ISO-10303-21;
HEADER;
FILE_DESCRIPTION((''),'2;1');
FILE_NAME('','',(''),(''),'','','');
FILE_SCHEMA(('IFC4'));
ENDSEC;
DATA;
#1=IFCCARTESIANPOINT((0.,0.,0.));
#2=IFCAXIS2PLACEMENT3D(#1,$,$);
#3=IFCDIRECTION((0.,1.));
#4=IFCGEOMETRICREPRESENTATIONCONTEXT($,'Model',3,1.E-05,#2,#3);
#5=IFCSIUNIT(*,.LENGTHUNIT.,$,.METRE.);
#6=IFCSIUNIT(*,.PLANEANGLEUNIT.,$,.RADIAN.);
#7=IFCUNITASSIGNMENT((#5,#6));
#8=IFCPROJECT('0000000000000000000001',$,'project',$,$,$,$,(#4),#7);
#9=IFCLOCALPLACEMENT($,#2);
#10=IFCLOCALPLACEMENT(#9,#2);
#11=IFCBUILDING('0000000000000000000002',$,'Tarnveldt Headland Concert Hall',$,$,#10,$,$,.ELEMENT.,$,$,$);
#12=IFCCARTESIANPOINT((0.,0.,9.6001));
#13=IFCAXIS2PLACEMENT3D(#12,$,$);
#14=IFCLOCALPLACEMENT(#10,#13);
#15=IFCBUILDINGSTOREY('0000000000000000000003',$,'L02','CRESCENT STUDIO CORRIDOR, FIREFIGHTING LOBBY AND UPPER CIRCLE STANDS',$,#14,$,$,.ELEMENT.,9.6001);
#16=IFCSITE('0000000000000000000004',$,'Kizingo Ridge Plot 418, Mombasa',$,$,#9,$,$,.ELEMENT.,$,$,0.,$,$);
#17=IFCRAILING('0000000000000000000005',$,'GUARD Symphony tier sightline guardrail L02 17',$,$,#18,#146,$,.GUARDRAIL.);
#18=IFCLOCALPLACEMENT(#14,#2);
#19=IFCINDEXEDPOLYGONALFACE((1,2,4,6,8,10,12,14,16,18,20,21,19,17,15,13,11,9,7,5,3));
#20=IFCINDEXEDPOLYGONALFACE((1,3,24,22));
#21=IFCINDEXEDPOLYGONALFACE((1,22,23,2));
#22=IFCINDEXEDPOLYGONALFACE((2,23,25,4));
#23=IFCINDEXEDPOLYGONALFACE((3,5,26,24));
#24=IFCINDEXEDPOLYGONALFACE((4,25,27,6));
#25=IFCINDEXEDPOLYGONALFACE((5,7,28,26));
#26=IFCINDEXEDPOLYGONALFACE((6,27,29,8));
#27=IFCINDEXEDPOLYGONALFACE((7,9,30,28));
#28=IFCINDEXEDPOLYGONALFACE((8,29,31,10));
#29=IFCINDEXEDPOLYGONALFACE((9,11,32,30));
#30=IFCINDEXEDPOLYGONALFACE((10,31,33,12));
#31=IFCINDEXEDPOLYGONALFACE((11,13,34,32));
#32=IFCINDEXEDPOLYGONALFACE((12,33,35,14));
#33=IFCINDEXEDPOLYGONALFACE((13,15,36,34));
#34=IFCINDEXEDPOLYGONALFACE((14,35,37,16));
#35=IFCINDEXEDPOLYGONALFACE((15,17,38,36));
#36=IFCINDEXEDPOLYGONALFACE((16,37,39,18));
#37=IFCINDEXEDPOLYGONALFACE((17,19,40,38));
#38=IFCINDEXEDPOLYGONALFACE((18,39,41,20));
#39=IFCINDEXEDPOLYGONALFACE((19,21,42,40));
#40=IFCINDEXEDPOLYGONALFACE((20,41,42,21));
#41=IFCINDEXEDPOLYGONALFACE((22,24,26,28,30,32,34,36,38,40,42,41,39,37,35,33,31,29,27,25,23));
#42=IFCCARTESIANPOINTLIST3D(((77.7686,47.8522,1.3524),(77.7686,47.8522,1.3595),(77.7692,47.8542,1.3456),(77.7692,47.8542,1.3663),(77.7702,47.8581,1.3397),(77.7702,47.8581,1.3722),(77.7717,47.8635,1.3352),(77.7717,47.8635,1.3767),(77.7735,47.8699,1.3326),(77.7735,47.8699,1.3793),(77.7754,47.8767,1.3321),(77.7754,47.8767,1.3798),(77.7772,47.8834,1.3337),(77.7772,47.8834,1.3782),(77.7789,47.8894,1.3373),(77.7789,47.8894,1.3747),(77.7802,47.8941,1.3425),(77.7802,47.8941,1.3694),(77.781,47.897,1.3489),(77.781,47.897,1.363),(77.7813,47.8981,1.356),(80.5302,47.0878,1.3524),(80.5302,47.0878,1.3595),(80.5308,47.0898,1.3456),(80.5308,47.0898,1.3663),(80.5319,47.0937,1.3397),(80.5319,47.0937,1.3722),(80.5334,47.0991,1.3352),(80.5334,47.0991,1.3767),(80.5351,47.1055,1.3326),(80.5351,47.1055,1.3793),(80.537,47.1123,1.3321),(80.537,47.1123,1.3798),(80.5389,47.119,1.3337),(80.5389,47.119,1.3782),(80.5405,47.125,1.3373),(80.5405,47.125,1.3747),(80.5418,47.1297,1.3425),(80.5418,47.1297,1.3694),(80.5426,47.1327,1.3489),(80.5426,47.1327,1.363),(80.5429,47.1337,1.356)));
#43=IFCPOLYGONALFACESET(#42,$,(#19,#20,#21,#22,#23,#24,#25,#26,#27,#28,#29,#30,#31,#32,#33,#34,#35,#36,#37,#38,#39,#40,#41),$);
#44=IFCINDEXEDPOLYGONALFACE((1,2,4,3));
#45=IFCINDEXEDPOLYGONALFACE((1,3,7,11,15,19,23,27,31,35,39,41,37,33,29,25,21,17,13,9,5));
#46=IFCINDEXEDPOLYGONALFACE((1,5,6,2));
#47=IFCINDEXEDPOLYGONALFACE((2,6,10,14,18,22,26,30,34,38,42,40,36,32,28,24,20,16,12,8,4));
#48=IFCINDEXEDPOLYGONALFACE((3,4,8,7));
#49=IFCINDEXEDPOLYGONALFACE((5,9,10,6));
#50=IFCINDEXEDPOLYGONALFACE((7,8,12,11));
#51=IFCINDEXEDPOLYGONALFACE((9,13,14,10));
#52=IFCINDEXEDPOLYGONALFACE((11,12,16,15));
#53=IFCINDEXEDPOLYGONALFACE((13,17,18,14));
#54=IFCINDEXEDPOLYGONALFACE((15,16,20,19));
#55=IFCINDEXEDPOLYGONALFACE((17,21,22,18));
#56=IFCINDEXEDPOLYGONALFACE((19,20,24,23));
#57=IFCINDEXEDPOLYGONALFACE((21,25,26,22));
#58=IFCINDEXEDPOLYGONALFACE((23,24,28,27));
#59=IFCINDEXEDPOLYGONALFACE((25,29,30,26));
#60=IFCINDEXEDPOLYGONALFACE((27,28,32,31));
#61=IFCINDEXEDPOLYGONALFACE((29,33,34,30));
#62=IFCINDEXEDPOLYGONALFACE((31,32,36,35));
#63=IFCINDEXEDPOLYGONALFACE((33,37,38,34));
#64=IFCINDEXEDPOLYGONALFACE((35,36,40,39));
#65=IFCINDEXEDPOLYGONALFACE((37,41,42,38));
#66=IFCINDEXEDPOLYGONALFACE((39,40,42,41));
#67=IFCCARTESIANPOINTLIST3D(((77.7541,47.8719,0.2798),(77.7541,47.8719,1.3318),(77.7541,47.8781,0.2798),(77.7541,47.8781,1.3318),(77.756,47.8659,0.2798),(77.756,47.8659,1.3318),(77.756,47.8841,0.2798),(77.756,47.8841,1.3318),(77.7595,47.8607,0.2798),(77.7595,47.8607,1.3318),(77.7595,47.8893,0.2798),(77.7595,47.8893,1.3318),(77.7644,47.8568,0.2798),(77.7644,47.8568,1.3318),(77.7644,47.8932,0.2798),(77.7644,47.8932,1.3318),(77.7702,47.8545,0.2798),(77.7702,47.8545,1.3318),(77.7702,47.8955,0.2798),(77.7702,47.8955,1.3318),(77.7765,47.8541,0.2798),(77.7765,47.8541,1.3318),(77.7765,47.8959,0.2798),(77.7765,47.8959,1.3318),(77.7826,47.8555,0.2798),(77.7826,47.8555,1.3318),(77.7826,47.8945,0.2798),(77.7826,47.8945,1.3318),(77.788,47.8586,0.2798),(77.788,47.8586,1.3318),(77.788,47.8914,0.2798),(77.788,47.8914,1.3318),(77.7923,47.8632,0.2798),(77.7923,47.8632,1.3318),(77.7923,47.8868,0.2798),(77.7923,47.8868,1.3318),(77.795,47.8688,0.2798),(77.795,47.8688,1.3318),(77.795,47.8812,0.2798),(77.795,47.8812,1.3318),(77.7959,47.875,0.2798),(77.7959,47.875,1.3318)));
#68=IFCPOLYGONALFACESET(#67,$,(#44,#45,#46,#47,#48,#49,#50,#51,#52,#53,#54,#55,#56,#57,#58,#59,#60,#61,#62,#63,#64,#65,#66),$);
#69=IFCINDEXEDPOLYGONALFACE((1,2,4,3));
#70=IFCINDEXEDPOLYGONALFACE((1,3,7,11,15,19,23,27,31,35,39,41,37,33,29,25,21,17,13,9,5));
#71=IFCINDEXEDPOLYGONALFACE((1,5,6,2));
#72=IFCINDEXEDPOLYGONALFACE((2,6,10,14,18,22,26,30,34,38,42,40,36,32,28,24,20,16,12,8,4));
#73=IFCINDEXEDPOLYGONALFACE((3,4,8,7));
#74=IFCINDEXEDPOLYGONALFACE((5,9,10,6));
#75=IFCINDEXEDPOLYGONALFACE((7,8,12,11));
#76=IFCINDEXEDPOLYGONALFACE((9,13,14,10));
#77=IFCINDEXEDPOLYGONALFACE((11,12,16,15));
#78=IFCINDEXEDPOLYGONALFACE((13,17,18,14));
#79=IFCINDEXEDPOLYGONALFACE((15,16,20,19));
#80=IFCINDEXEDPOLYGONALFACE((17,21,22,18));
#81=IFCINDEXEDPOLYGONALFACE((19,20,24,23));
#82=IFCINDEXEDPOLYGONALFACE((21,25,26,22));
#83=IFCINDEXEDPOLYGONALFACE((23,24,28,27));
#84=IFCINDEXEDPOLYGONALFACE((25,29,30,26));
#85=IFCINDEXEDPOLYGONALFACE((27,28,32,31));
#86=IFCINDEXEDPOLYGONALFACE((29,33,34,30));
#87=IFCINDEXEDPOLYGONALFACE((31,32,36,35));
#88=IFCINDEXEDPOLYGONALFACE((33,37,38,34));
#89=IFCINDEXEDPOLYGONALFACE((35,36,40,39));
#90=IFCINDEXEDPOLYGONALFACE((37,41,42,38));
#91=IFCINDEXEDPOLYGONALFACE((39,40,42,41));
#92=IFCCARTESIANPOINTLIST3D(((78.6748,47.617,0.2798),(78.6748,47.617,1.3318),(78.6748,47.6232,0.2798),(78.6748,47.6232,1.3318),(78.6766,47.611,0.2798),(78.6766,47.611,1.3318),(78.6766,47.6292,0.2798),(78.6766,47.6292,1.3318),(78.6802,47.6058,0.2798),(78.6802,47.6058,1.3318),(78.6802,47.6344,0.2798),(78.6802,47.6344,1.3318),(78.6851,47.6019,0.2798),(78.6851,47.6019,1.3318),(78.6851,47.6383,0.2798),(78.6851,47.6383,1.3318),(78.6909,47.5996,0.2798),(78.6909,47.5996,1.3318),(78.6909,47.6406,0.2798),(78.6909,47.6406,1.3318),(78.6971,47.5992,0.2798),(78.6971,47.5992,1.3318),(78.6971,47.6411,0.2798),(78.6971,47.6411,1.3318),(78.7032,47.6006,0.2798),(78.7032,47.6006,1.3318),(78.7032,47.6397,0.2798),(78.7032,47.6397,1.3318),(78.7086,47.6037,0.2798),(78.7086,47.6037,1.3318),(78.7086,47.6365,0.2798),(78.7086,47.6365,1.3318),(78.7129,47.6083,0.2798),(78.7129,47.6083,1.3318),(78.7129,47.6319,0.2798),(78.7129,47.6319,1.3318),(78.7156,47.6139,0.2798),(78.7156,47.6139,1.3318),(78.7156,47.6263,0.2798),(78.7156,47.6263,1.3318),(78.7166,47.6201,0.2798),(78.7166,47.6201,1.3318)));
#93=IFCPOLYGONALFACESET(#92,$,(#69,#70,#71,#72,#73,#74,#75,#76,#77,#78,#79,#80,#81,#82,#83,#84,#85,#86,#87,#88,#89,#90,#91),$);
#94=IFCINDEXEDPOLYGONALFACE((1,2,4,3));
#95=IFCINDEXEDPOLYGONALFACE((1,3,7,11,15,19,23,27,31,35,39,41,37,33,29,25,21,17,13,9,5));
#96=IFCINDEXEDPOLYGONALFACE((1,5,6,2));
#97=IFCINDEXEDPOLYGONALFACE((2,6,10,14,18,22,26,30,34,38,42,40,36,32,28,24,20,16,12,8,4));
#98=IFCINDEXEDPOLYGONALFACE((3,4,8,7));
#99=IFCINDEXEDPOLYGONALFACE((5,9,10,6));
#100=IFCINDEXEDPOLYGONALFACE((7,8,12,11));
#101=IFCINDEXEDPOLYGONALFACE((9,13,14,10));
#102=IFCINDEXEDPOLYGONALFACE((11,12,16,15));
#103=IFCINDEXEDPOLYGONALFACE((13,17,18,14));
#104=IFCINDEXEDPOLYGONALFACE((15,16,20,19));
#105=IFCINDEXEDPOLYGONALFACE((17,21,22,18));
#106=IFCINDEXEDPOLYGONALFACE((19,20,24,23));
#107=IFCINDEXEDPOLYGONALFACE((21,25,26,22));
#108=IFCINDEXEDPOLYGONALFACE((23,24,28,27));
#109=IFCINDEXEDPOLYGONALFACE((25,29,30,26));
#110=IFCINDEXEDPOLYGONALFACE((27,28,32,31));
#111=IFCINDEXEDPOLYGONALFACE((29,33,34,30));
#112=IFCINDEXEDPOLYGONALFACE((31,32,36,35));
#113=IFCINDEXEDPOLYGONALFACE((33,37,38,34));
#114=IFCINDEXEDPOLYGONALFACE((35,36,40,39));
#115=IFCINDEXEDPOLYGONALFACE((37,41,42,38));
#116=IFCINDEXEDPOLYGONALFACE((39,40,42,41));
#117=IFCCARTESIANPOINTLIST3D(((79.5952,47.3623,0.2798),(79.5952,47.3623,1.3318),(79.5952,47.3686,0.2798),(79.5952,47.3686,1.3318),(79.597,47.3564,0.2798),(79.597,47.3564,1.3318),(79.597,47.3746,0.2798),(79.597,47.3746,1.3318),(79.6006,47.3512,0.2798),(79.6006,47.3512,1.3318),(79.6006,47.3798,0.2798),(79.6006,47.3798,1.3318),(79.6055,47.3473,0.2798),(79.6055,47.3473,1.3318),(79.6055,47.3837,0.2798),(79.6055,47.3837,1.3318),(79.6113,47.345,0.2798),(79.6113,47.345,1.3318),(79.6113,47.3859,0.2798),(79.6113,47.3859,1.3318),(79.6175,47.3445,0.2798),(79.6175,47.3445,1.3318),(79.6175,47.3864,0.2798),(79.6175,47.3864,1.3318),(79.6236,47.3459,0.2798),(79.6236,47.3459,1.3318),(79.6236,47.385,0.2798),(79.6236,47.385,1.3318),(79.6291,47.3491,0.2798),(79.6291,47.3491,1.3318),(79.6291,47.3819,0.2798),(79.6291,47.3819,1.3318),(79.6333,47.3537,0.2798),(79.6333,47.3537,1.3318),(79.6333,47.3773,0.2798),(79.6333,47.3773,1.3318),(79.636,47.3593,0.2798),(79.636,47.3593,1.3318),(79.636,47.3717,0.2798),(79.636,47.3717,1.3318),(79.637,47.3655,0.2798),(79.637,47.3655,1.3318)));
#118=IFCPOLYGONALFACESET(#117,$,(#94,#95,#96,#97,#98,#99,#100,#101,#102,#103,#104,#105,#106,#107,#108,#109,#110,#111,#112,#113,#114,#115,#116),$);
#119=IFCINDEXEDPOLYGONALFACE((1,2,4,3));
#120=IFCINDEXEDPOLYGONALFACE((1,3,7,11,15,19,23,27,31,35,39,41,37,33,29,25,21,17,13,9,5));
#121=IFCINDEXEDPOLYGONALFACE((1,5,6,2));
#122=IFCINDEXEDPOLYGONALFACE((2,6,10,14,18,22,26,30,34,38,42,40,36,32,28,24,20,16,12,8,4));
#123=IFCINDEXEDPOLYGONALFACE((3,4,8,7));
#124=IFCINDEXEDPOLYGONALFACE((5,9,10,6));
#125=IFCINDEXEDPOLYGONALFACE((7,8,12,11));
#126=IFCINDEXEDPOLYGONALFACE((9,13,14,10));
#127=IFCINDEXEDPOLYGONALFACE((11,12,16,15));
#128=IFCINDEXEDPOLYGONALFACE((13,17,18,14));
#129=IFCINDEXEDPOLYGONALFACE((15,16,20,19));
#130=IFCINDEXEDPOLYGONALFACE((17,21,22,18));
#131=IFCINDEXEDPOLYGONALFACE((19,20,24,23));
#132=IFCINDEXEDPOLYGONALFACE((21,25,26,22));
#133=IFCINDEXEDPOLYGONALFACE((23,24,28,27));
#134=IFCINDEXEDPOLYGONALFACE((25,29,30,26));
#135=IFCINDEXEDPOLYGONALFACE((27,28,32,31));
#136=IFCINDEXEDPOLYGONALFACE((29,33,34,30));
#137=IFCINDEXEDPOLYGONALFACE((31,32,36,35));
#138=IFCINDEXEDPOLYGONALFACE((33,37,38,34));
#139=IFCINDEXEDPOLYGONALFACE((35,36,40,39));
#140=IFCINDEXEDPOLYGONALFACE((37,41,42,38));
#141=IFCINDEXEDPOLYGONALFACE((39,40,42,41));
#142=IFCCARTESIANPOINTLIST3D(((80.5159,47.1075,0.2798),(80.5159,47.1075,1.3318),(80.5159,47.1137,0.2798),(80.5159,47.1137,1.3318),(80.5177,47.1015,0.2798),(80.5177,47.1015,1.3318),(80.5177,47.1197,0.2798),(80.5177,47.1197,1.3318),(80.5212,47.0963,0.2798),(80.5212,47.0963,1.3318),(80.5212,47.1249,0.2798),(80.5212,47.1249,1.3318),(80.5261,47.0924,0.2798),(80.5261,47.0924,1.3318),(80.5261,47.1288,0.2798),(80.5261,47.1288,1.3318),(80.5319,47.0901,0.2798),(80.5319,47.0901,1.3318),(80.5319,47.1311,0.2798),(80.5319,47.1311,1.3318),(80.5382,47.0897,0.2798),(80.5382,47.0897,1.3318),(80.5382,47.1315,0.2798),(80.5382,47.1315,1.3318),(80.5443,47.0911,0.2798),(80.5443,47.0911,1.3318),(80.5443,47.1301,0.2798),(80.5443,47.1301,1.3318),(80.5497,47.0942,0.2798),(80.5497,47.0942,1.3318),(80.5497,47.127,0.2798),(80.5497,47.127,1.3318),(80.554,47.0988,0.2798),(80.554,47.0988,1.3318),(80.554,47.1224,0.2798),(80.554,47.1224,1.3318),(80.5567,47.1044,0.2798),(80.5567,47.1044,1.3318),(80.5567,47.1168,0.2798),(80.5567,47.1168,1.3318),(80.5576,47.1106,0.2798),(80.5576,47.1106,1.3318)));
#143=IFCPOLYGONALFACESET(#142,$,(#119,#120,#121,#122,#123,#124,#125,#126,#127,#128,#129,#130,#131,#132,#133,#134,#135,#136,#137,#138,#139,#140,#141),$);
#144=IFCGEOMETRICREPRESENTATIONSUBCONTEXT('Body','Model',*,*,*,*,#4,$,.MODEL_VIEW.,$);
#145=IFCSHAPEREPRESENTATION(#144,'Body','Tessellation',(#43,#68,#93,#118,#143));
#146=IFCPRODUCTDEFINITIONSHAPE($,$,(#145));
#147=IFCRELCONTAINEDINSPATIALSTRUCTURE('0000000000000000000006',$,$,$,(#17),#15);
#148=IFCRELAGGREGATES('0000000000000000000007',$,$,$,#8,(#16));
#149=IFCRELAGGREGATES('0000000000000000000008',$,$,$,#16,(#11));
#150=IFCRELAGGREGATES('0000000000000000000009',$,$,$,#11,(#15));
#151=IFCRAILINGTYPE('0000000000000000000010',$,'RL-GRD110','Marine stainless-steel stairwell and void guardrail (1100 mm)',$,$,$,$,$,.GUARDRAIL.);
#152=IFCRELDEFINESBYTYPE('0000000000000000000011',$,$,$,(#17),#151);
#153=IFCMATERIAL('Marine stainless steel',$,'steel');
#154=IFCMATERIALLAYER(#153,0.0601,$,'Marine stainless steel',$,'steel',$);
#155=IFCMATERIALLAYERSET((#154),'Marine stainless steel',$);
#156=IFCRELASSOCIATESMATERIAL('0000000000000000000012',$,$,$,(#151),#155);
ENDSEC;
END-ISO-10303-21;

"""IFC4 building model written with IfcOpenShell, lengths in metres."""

from ifc_helpers import new_model, si_unit, direction, frame, origin, origin_2d, place, context, subcontext, project, spatial, circle, extrude, material, layer, layer_set, type_object, element, save


model = new_model("IFC4")

# Units and contexts
model_context = context("Model", 3, precision=1e-05, world=origin(), true_north=direction((0.0, 1.0)))
body_context = subcontext(model_context, "Body", "Model", "MODEL_VIEW")
ifc_project = project(units=[si_unit("LENGTHUNIT", "METRE"), si_unit("PLANEANGLEUNIT", "RADIAN")], contexts=[model_context])

# Site, building, storey
site_placement = place(None, origin())
site = spatial("IfcSite", under=ifc_project, at=site_placement, Name="Kizingo Ridge Plot 418, Mombasa", CompositionType="ELEMENT", RefElevation=0.0)
building_placement = place(site_placement, origin())
building = spatial("IfcBuilding", under=site, at=building_placement, Name="Tarnveldt Headland Concert Hall", CompositionType="ELEMENT")
storey_placement = place(building_placement, frame((0.0, 0.0, 9.6001)))
storey = spatial("IfcBuildingStorey", under=building, at=storey_placement, Name="L02", Description="CRESCENT STUDIO CORRIDOR, FIREFIGHTING LOBBY AND UPPER CIRCLE STANDS", CompositionType="ELEMENT", Elevation=9.6001)

# Railing
ifc_material_1 = material(Name="Marine stainless steel", Category="steel")
ifc_layer_1 = layer(ifc_material_1, 0.0601, Name="Marine stainless steel", Category="steel")
ifc_layer_set_1 = layer_set([ifc_layer_1], Name="Marine stainless steel")
railing_type = type_object("IfcRailingType", Name="RL-GRD110", Description="Marine stainless-steel stairwell and void guardrail (1100 mm)", PredefinedType="GUARDRAIL", material=ifc_layer_set_1)
railing_1_placement = place(storey_placement, frame((77.7749, 47.875, 0.2798)))
element("IfcRailing", 1, at=railing_1_placement, inside=storey, type_object=railing_type, Name="GUARD Symphony tier sightline guardrail L02 17", PredefinedType="GUARDRAIL", context=body_context, shape_type="SweptSolid", body=[
    extrude(circle(Radius=0.0239, at=origin_2d()), frame((0.0, 0.0, 1.0762), z_axis=(0.963764, -0.266756, 0.0), x_axis=(0.266756, 0.963764, 0.0)), (0.0, 0.0, 1.0), 2.8655),
    extrude(circle(Radius=0.021, at=origin_2d()), origin(), (0.0, 0.0, 1.0), 1.052),
    extrude(circle(Radius=0.021, at=origin_2d()), frame((0.9207, -0.2549, 0.0)), (0.0, 0.0, 1.0), 1.052),
    extrude(circle(Radius=0.021, at=origin_2d()), frame((1.8411, -0.5095, 0.0)), (0.0, 0.0, 1.0), 1.052),
    extrude(circle(Radius=0.021, at=origin_2d()), frame((2.7617, -0.7644, 0.0)), (0.0, 0.0, 1.0), 1.052),
])

save(model, "model.ifc")
